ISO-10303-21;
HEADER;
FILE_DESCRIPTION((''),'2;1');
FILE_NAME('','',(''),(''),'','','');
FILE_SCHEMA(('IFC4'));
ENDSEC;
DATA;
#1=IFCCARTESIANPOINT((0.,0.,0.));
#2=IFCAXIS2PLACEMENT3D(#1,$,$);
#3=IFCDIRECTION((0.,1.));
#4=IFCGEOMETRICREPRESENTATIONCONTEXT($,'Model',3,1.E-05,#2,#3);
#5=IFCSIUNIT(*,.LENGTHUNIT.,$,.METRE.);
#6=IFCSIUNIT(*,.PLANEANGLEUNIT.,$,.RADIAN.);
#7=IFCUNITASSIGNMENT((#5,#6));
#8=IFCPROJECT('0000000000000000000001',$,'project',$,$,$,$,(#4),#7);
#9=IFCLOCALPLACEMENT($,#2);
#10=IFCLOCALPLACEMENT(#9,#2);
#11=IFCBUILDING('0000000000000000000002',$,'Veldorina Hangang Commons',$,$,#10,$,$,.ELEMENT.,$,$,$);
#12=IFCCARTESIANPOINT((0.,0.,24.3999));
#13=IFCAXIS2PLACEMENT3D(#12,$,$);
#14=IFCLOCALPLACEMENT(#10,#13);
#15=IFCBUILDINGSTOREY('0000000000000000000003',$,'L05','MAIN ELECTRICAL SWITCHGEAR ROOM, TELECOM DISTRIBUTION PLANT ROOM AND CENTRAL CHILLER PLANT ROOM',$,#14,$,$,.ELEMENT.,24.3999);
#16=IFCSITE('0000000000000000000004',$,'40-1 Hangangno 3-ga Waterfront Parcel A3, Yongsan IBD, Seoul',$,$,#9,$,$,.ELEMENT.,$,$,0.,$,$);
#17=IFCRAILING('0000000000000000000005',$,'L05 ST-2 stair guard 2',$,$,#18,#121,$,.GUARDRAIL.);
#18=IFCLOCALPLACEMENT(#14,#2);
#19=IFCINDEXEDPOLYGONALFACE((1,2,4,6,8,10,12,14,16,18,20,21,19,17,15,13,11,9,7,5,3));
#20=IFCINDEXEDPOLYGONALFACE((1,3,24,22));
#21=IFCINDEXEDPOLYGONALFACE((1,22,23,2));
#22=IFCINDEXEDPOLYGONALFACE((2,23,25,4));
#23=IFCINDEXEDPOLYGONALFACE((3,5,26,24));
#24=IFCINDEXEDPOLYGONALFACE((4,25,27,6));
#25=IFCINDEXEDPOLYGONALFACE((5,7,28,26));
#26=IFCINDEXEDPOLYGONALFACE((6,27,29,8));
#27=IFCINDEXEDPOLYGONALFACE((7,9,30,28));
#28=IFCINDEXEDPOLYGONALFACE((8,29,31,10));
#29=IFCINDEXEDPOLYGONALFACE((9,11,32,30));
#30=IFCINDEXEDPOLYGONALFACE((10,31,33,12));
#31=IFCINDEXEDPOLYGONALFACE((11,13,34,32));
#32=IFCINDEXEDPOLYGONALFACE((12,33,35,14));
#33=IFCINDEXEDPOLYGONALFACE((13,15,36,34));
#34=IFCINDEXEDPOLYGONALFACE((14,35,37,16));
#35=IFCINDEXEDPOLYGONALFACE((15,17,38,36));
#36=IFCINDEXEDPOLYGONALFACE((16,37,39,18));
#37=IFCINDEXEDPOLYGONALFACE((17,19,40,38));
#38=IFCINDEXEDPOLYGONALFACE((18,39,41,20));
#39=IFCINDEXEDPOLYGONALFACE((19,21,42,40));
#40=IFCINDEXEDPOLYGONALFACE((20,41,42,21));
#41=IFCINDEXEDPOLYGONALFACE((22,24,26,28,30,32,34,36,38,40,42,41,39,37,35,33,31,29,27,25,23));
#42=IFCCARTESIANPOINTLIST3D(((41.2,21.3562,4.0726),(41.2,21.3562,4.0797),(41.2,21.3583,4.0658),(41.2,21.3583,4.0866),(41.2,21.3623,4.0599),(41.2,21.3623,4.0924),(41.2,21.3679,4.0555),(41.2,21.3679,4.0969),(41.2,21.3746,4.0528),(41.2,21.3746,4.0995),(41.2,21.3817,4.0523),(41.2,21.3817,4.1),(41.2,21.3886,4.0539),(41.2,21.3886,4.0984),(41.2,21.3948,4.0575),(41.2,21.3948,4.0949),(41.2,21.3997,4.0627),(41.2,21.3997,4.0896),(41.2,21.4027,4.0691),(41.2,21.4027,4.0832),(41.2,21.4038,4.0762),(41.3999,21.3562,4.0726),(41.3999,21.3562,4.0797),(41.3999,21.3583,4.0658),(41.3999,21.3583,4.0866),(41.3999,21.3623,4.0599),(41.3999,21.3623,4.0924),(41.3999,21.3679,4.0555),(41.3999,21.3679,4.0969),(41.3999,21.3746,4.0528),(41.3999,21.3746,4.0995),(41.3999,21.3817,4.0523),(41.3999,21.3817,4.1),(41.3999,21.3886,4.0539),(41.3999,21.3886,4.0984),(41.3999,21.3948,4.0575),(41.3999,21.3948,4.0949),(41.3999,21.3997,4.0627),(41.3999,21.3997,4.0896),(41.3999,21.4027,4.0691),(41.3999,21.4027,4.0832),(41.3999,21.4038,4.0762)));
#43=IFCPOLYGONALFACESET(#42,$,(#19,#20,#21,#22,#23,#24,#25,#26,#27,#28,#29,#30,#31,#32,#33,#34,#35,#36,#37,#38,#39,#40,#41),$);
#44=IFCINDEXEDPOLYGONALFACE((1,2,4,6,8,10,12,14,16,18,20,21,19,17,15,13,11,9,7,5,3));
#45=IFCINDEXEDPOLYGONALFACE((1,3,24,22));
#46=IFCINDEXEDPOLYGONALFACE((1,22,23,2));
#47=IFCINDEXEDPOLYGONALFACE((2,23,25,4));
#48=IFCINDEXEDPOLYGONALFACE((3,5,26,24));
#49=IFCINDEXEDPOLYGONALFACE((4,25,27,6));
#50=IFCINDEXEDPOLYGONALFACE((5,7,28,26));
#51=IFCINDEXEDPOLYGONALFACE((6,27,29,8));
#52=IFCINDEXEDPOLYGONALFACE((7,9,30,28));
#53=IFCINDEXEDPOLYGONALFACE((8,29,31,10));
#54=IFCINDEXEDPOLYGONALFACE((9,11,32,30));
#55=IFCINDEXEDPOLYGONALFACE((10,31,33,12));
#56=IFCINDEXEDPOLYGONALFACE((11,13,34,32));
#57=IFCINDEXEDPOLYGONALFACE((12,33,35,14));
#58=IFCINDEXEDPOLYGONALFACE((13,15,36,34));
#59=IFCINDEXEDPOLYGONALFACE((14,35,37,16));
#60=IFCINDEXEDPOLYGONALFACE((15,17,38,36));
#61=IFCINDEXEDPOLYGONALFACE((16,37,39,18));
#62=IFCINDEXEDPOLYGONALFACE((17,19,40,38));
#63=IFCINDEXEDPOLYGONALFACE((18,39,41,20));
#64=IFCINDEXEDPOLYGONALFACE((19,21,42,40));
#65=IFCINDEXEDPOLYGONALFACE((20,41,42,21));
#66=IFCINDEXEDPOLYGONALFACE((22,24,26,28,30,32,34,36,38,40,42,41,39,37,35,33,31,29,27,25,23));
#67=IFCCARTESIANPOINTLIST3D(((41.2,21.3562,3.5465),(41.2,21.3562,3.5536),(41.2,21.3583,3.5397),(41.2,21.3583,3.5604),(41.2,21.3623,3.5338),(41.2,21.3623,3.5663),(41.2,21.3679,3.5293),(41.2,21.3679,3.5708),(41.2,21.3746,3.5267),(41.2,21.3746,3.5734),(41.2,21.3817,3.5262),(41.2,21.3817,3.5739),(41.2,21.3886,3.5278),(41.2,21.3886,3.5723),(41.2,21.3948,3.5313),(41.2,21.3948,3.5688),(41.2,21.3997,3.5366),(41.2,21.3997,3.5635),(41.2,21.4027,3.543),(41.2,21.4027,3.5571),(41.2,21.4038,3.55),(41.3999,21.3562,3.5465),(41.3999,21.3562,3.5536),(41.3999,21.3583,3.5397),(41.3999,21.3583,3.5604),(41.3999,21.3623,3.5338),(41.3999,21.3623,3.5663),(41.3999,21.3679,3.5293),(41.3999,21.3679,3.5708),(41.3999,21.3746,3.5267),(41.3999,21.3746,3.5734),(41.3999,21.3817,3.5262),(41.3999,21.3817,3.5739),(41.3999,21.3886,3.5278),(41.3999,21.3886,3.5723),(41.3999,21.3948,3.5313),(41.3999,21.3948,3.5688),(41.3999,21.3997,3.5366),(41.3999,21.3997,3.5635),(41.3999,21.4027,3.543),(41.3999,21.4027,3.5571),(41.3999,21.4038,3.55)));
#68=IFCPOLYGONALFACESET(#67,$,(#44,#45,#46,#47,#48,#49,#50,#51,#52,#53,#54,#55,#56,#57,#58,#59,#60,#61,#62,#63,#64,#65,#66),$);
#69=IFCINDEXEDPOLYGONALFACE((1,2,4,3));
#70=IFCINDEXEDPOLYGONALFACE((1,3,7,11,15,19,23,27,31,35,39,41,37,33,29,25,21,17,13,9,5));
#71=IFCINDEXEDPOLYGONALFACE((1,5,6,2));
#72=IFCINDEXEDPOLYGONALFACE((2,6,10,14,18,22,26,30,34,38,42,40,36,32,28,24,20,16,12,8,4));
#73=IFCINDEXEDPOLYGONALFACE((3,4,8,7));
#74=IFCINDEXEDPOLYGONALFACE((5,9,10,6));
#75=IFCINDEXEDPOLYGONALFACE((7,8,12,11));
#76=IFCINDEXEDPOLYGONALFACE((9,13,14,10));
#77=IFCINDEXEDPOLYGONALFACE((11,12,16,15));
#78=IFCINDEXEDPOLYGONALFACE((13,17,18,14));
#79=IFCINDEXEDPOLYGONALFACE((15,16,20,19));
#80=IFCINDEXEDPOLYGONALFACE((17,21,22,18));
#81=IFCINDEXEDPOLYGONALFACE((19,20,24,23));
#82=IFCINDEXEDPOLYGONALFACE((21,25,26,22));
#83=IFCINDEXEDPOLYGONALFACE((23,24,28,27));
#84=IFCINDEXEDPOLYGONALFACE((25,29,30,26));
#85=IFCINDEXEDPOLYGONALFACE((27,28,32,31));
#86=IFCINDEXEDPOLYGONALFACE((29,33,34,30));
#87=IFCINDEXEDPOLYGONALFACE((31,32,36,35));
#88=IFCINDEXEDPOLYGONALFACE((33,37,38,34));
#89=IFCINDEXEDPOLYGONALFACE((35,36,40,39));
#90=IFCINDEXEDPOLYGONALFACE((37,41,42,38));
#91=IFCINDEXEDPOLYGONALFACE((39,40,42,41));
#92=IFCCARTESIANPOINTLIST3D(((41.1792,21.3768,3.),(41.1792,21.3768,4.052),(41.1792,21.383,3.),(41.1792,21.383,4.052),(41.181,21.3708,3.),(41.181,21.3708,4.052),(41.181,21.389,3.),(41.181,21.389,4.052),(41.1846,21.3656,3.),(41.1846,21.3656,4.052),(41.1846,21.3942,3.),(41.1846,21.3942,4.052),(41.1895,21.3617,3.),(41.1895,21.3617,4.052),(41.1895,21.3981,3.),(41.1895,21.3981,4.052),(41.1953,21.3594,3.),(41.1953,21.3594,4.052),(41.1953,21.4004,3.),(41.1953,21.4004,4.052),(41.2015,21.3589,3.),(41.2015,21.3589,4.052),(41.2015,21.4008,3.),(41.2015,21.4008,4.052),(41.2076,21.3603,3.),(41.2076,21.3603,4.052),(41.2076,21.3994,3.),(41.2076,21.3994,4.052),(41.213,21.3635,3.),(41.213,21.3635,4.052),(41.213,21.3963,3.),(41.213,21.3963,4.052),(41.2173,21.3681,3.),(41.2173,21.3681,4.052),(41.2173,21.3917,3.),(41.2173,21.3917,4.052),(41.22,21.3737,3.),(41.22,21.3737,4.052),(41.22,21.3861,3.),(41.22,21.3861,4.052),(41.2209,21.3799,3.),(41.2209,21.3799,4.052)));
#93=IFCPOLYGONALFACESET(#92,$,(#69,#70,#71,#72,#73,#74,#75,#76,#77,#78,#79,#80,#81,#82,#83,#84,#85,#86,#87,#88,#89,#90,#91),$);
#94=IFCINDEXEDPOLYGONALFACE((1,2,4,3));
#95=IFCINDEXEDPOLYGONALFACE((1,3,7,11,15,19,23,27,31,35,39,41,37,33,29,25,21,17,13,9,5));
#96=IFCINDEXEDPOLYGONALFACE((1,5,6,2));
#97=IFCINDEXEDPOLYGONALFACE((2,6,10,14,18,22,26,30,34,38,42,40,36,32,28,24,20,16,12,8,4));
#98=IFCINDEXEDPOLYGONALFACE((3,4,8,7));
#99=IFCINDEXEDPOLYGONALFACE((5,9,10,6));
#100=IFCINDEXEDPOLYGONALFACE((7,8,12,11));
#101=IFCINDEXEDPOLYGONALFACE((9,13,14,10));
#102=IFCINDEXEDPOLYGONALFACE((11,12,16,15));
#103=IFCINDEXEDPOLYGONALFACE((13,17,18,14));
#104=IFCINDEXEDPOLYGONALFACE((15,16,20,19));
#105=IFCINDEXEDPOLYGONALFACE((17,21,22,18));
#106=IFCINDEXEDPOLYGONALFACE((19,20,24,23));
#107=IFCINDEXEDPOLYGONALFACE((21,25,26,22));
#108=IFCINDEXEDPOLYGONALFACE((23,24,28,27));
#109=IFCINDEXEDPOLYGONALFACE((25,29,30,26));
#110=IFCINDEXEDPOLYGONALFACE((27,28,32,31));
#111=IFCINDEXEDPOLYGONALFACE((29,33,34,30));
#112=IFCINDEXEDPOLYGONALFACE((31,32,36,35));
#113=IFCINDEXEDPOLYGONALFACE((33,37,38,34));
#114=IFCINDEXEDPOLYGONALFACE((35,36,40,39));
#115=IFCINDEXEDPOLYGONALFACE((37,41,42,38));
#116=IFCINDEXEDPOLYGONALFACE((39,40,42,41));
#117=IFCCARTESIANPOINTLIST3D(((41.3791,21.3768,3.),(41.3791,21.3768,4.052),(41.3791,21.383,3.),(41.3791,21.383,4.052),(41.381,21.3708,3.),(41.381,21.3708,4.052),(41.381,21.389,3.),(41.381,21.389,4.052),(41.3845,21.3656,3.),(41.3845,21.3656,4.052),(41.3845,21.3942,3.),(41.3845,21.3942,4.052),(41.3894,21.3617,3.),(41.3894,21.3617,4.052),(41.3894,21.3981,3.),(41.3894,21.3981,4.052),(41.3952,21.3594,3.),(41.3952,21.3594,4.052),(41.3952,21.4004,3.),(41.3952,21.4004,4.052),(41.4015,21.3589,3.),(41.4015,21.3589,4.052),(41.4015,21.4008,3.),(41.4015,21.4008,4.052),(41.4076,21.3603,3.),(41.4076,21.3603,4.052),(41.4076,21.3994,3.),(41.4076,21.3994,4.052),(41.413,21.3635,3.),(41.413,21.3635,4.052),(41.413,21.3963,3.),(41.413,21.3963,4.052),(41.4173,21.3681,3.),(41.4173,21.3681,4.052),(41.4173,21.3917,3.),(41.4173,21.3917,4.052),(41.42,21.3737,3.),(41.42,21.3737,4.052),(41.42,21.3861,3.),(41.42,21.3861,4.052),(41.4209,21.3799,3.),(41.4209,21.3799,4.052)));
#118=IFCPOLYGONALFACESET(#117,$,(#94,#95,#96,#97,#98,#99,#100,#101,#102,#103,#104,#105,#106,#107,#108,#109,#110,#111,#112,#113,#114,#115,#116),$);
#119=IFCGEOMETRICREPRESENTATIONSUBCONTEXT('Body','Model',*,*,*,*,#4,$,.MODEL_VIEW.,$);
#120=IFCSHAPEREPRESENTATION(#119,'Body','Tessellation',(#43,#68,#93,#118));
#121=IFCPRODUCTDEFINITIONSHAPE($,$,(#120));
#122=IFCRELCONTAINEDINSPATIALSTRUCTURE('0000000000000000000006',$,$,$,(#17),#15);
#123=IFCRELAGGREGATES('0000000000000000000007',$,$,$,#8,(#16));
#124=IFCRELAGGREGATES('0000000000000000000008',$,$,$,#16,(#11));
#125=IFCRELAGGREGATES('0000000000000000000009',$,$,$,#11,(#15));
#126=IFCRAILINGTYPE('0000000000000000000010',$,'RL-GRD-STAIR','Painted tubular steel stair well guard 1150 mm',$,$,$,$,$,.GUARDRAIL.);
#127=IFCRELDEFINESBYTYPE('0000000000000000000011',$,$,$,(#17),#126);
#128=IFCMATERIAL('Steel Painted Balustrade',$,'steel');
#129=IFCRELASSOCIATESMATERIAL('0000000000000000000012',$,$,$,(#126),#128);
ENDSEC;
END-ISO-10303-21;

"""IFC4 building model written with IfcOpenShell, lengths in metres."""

from ifc_helpers import new_model, si_unit, direction, frame, origin, origin_2d, place, context, subcontext, project, spatial, circle, extrude, material, type_object, element, save


model = new_model("IFC4")

# Units and contexts
model_context = context("Model", 3, precision=1e-05, world=origin(), true_north=direction((0.0, 1.0)))
body_context = subcontext(model_context, "Body", "Model", "MODEL_VIEW")
ifc_project = project(units=[si_unit("LENGTHUNIT", "METRE"), si_unit("PLANEANGLEUNIT", "RADIAN")], contexts=[model_context])

# Site, building, storey
site_placement = place(None, origin())
site = spatial("IfcSite", under=ifc_project, at=site_placement, Name="40-1 Hangangno 3-ga Waterfront Parcel A3, Yongsan IBD, Seoul", CompositionType="ELEMENT", RefElevation=0.0)
building_placement = place(site_placement, origin())
building = spatial("IfcBuilding", under=site, at=building_placement, Name="Veldorina Hangang Commons", CompositionType="ELEMENT")
storey_placement = place(building_placement, frame((0.0, 0.0, 24.3999)))
storey = spatial("IfcBuildingStorey", under=building, at=storey_placement, Name="L05", Description="MAIN ELECTRICAL SWITCHGEAR ROOM, TELECOM DISTRIBUTION PLANT ROOM AND CENTRAL CHILLER PLANT ROOM", CompositionType="ELEMENT", Elevation=24.3999)

# Railing
ifc_material_1 = material(Name="Steel Painted Balustrade", Category="steel")
railing_type = type_object("IfcRailingType", Name="RL-GRD-STAIR", Description="Painted tubular steel stair well guard 1150 mm", PredefinedType="GUARDRAIL", material=ifc_material_1)
railing_1_placement = place(storey_placement, frame((41.2, 21.3799, 3.0)))
element("IfcRailing", 1, at=railing_1_placement, inside=storey, type_object=railing_type, Name="L05 ST-2 stair guard 2", PredefinedType="GUARDRAIL", context=body_context, shape_type="SweptSolid", body=[
    extrude(circle(Radius=0.0239, at=origin_2d()), frame((0.0, 0.0, 1.0762), z_axis=(1.0, 0.0, 0.0), x_axis=(0.0, 1.0, 0.0)), (0.0, 0.0, 1.0), 0.2),
    extrude(circle(Radius=0.0239, at=origin_2d()), frame((0.0, 0.0, 0.55), z_axis=(1.0, 0.0, 0.0), x_axis=(0.0, 1.0, 0.0)), (0.0, 0.0, 1.0), 0.2),
    extrude(circle(Radius=0.021, at=origin_2d()), origin(), (0.0, 0.0, 1.0), 1.052),
    extrude(circle(Radius=0.021, at=origin_2d()), frame((0.2, 0.0, 0.0)), (0.0, 0.0, 1.0), 1.052),
])

save(model, "model.ifc")
